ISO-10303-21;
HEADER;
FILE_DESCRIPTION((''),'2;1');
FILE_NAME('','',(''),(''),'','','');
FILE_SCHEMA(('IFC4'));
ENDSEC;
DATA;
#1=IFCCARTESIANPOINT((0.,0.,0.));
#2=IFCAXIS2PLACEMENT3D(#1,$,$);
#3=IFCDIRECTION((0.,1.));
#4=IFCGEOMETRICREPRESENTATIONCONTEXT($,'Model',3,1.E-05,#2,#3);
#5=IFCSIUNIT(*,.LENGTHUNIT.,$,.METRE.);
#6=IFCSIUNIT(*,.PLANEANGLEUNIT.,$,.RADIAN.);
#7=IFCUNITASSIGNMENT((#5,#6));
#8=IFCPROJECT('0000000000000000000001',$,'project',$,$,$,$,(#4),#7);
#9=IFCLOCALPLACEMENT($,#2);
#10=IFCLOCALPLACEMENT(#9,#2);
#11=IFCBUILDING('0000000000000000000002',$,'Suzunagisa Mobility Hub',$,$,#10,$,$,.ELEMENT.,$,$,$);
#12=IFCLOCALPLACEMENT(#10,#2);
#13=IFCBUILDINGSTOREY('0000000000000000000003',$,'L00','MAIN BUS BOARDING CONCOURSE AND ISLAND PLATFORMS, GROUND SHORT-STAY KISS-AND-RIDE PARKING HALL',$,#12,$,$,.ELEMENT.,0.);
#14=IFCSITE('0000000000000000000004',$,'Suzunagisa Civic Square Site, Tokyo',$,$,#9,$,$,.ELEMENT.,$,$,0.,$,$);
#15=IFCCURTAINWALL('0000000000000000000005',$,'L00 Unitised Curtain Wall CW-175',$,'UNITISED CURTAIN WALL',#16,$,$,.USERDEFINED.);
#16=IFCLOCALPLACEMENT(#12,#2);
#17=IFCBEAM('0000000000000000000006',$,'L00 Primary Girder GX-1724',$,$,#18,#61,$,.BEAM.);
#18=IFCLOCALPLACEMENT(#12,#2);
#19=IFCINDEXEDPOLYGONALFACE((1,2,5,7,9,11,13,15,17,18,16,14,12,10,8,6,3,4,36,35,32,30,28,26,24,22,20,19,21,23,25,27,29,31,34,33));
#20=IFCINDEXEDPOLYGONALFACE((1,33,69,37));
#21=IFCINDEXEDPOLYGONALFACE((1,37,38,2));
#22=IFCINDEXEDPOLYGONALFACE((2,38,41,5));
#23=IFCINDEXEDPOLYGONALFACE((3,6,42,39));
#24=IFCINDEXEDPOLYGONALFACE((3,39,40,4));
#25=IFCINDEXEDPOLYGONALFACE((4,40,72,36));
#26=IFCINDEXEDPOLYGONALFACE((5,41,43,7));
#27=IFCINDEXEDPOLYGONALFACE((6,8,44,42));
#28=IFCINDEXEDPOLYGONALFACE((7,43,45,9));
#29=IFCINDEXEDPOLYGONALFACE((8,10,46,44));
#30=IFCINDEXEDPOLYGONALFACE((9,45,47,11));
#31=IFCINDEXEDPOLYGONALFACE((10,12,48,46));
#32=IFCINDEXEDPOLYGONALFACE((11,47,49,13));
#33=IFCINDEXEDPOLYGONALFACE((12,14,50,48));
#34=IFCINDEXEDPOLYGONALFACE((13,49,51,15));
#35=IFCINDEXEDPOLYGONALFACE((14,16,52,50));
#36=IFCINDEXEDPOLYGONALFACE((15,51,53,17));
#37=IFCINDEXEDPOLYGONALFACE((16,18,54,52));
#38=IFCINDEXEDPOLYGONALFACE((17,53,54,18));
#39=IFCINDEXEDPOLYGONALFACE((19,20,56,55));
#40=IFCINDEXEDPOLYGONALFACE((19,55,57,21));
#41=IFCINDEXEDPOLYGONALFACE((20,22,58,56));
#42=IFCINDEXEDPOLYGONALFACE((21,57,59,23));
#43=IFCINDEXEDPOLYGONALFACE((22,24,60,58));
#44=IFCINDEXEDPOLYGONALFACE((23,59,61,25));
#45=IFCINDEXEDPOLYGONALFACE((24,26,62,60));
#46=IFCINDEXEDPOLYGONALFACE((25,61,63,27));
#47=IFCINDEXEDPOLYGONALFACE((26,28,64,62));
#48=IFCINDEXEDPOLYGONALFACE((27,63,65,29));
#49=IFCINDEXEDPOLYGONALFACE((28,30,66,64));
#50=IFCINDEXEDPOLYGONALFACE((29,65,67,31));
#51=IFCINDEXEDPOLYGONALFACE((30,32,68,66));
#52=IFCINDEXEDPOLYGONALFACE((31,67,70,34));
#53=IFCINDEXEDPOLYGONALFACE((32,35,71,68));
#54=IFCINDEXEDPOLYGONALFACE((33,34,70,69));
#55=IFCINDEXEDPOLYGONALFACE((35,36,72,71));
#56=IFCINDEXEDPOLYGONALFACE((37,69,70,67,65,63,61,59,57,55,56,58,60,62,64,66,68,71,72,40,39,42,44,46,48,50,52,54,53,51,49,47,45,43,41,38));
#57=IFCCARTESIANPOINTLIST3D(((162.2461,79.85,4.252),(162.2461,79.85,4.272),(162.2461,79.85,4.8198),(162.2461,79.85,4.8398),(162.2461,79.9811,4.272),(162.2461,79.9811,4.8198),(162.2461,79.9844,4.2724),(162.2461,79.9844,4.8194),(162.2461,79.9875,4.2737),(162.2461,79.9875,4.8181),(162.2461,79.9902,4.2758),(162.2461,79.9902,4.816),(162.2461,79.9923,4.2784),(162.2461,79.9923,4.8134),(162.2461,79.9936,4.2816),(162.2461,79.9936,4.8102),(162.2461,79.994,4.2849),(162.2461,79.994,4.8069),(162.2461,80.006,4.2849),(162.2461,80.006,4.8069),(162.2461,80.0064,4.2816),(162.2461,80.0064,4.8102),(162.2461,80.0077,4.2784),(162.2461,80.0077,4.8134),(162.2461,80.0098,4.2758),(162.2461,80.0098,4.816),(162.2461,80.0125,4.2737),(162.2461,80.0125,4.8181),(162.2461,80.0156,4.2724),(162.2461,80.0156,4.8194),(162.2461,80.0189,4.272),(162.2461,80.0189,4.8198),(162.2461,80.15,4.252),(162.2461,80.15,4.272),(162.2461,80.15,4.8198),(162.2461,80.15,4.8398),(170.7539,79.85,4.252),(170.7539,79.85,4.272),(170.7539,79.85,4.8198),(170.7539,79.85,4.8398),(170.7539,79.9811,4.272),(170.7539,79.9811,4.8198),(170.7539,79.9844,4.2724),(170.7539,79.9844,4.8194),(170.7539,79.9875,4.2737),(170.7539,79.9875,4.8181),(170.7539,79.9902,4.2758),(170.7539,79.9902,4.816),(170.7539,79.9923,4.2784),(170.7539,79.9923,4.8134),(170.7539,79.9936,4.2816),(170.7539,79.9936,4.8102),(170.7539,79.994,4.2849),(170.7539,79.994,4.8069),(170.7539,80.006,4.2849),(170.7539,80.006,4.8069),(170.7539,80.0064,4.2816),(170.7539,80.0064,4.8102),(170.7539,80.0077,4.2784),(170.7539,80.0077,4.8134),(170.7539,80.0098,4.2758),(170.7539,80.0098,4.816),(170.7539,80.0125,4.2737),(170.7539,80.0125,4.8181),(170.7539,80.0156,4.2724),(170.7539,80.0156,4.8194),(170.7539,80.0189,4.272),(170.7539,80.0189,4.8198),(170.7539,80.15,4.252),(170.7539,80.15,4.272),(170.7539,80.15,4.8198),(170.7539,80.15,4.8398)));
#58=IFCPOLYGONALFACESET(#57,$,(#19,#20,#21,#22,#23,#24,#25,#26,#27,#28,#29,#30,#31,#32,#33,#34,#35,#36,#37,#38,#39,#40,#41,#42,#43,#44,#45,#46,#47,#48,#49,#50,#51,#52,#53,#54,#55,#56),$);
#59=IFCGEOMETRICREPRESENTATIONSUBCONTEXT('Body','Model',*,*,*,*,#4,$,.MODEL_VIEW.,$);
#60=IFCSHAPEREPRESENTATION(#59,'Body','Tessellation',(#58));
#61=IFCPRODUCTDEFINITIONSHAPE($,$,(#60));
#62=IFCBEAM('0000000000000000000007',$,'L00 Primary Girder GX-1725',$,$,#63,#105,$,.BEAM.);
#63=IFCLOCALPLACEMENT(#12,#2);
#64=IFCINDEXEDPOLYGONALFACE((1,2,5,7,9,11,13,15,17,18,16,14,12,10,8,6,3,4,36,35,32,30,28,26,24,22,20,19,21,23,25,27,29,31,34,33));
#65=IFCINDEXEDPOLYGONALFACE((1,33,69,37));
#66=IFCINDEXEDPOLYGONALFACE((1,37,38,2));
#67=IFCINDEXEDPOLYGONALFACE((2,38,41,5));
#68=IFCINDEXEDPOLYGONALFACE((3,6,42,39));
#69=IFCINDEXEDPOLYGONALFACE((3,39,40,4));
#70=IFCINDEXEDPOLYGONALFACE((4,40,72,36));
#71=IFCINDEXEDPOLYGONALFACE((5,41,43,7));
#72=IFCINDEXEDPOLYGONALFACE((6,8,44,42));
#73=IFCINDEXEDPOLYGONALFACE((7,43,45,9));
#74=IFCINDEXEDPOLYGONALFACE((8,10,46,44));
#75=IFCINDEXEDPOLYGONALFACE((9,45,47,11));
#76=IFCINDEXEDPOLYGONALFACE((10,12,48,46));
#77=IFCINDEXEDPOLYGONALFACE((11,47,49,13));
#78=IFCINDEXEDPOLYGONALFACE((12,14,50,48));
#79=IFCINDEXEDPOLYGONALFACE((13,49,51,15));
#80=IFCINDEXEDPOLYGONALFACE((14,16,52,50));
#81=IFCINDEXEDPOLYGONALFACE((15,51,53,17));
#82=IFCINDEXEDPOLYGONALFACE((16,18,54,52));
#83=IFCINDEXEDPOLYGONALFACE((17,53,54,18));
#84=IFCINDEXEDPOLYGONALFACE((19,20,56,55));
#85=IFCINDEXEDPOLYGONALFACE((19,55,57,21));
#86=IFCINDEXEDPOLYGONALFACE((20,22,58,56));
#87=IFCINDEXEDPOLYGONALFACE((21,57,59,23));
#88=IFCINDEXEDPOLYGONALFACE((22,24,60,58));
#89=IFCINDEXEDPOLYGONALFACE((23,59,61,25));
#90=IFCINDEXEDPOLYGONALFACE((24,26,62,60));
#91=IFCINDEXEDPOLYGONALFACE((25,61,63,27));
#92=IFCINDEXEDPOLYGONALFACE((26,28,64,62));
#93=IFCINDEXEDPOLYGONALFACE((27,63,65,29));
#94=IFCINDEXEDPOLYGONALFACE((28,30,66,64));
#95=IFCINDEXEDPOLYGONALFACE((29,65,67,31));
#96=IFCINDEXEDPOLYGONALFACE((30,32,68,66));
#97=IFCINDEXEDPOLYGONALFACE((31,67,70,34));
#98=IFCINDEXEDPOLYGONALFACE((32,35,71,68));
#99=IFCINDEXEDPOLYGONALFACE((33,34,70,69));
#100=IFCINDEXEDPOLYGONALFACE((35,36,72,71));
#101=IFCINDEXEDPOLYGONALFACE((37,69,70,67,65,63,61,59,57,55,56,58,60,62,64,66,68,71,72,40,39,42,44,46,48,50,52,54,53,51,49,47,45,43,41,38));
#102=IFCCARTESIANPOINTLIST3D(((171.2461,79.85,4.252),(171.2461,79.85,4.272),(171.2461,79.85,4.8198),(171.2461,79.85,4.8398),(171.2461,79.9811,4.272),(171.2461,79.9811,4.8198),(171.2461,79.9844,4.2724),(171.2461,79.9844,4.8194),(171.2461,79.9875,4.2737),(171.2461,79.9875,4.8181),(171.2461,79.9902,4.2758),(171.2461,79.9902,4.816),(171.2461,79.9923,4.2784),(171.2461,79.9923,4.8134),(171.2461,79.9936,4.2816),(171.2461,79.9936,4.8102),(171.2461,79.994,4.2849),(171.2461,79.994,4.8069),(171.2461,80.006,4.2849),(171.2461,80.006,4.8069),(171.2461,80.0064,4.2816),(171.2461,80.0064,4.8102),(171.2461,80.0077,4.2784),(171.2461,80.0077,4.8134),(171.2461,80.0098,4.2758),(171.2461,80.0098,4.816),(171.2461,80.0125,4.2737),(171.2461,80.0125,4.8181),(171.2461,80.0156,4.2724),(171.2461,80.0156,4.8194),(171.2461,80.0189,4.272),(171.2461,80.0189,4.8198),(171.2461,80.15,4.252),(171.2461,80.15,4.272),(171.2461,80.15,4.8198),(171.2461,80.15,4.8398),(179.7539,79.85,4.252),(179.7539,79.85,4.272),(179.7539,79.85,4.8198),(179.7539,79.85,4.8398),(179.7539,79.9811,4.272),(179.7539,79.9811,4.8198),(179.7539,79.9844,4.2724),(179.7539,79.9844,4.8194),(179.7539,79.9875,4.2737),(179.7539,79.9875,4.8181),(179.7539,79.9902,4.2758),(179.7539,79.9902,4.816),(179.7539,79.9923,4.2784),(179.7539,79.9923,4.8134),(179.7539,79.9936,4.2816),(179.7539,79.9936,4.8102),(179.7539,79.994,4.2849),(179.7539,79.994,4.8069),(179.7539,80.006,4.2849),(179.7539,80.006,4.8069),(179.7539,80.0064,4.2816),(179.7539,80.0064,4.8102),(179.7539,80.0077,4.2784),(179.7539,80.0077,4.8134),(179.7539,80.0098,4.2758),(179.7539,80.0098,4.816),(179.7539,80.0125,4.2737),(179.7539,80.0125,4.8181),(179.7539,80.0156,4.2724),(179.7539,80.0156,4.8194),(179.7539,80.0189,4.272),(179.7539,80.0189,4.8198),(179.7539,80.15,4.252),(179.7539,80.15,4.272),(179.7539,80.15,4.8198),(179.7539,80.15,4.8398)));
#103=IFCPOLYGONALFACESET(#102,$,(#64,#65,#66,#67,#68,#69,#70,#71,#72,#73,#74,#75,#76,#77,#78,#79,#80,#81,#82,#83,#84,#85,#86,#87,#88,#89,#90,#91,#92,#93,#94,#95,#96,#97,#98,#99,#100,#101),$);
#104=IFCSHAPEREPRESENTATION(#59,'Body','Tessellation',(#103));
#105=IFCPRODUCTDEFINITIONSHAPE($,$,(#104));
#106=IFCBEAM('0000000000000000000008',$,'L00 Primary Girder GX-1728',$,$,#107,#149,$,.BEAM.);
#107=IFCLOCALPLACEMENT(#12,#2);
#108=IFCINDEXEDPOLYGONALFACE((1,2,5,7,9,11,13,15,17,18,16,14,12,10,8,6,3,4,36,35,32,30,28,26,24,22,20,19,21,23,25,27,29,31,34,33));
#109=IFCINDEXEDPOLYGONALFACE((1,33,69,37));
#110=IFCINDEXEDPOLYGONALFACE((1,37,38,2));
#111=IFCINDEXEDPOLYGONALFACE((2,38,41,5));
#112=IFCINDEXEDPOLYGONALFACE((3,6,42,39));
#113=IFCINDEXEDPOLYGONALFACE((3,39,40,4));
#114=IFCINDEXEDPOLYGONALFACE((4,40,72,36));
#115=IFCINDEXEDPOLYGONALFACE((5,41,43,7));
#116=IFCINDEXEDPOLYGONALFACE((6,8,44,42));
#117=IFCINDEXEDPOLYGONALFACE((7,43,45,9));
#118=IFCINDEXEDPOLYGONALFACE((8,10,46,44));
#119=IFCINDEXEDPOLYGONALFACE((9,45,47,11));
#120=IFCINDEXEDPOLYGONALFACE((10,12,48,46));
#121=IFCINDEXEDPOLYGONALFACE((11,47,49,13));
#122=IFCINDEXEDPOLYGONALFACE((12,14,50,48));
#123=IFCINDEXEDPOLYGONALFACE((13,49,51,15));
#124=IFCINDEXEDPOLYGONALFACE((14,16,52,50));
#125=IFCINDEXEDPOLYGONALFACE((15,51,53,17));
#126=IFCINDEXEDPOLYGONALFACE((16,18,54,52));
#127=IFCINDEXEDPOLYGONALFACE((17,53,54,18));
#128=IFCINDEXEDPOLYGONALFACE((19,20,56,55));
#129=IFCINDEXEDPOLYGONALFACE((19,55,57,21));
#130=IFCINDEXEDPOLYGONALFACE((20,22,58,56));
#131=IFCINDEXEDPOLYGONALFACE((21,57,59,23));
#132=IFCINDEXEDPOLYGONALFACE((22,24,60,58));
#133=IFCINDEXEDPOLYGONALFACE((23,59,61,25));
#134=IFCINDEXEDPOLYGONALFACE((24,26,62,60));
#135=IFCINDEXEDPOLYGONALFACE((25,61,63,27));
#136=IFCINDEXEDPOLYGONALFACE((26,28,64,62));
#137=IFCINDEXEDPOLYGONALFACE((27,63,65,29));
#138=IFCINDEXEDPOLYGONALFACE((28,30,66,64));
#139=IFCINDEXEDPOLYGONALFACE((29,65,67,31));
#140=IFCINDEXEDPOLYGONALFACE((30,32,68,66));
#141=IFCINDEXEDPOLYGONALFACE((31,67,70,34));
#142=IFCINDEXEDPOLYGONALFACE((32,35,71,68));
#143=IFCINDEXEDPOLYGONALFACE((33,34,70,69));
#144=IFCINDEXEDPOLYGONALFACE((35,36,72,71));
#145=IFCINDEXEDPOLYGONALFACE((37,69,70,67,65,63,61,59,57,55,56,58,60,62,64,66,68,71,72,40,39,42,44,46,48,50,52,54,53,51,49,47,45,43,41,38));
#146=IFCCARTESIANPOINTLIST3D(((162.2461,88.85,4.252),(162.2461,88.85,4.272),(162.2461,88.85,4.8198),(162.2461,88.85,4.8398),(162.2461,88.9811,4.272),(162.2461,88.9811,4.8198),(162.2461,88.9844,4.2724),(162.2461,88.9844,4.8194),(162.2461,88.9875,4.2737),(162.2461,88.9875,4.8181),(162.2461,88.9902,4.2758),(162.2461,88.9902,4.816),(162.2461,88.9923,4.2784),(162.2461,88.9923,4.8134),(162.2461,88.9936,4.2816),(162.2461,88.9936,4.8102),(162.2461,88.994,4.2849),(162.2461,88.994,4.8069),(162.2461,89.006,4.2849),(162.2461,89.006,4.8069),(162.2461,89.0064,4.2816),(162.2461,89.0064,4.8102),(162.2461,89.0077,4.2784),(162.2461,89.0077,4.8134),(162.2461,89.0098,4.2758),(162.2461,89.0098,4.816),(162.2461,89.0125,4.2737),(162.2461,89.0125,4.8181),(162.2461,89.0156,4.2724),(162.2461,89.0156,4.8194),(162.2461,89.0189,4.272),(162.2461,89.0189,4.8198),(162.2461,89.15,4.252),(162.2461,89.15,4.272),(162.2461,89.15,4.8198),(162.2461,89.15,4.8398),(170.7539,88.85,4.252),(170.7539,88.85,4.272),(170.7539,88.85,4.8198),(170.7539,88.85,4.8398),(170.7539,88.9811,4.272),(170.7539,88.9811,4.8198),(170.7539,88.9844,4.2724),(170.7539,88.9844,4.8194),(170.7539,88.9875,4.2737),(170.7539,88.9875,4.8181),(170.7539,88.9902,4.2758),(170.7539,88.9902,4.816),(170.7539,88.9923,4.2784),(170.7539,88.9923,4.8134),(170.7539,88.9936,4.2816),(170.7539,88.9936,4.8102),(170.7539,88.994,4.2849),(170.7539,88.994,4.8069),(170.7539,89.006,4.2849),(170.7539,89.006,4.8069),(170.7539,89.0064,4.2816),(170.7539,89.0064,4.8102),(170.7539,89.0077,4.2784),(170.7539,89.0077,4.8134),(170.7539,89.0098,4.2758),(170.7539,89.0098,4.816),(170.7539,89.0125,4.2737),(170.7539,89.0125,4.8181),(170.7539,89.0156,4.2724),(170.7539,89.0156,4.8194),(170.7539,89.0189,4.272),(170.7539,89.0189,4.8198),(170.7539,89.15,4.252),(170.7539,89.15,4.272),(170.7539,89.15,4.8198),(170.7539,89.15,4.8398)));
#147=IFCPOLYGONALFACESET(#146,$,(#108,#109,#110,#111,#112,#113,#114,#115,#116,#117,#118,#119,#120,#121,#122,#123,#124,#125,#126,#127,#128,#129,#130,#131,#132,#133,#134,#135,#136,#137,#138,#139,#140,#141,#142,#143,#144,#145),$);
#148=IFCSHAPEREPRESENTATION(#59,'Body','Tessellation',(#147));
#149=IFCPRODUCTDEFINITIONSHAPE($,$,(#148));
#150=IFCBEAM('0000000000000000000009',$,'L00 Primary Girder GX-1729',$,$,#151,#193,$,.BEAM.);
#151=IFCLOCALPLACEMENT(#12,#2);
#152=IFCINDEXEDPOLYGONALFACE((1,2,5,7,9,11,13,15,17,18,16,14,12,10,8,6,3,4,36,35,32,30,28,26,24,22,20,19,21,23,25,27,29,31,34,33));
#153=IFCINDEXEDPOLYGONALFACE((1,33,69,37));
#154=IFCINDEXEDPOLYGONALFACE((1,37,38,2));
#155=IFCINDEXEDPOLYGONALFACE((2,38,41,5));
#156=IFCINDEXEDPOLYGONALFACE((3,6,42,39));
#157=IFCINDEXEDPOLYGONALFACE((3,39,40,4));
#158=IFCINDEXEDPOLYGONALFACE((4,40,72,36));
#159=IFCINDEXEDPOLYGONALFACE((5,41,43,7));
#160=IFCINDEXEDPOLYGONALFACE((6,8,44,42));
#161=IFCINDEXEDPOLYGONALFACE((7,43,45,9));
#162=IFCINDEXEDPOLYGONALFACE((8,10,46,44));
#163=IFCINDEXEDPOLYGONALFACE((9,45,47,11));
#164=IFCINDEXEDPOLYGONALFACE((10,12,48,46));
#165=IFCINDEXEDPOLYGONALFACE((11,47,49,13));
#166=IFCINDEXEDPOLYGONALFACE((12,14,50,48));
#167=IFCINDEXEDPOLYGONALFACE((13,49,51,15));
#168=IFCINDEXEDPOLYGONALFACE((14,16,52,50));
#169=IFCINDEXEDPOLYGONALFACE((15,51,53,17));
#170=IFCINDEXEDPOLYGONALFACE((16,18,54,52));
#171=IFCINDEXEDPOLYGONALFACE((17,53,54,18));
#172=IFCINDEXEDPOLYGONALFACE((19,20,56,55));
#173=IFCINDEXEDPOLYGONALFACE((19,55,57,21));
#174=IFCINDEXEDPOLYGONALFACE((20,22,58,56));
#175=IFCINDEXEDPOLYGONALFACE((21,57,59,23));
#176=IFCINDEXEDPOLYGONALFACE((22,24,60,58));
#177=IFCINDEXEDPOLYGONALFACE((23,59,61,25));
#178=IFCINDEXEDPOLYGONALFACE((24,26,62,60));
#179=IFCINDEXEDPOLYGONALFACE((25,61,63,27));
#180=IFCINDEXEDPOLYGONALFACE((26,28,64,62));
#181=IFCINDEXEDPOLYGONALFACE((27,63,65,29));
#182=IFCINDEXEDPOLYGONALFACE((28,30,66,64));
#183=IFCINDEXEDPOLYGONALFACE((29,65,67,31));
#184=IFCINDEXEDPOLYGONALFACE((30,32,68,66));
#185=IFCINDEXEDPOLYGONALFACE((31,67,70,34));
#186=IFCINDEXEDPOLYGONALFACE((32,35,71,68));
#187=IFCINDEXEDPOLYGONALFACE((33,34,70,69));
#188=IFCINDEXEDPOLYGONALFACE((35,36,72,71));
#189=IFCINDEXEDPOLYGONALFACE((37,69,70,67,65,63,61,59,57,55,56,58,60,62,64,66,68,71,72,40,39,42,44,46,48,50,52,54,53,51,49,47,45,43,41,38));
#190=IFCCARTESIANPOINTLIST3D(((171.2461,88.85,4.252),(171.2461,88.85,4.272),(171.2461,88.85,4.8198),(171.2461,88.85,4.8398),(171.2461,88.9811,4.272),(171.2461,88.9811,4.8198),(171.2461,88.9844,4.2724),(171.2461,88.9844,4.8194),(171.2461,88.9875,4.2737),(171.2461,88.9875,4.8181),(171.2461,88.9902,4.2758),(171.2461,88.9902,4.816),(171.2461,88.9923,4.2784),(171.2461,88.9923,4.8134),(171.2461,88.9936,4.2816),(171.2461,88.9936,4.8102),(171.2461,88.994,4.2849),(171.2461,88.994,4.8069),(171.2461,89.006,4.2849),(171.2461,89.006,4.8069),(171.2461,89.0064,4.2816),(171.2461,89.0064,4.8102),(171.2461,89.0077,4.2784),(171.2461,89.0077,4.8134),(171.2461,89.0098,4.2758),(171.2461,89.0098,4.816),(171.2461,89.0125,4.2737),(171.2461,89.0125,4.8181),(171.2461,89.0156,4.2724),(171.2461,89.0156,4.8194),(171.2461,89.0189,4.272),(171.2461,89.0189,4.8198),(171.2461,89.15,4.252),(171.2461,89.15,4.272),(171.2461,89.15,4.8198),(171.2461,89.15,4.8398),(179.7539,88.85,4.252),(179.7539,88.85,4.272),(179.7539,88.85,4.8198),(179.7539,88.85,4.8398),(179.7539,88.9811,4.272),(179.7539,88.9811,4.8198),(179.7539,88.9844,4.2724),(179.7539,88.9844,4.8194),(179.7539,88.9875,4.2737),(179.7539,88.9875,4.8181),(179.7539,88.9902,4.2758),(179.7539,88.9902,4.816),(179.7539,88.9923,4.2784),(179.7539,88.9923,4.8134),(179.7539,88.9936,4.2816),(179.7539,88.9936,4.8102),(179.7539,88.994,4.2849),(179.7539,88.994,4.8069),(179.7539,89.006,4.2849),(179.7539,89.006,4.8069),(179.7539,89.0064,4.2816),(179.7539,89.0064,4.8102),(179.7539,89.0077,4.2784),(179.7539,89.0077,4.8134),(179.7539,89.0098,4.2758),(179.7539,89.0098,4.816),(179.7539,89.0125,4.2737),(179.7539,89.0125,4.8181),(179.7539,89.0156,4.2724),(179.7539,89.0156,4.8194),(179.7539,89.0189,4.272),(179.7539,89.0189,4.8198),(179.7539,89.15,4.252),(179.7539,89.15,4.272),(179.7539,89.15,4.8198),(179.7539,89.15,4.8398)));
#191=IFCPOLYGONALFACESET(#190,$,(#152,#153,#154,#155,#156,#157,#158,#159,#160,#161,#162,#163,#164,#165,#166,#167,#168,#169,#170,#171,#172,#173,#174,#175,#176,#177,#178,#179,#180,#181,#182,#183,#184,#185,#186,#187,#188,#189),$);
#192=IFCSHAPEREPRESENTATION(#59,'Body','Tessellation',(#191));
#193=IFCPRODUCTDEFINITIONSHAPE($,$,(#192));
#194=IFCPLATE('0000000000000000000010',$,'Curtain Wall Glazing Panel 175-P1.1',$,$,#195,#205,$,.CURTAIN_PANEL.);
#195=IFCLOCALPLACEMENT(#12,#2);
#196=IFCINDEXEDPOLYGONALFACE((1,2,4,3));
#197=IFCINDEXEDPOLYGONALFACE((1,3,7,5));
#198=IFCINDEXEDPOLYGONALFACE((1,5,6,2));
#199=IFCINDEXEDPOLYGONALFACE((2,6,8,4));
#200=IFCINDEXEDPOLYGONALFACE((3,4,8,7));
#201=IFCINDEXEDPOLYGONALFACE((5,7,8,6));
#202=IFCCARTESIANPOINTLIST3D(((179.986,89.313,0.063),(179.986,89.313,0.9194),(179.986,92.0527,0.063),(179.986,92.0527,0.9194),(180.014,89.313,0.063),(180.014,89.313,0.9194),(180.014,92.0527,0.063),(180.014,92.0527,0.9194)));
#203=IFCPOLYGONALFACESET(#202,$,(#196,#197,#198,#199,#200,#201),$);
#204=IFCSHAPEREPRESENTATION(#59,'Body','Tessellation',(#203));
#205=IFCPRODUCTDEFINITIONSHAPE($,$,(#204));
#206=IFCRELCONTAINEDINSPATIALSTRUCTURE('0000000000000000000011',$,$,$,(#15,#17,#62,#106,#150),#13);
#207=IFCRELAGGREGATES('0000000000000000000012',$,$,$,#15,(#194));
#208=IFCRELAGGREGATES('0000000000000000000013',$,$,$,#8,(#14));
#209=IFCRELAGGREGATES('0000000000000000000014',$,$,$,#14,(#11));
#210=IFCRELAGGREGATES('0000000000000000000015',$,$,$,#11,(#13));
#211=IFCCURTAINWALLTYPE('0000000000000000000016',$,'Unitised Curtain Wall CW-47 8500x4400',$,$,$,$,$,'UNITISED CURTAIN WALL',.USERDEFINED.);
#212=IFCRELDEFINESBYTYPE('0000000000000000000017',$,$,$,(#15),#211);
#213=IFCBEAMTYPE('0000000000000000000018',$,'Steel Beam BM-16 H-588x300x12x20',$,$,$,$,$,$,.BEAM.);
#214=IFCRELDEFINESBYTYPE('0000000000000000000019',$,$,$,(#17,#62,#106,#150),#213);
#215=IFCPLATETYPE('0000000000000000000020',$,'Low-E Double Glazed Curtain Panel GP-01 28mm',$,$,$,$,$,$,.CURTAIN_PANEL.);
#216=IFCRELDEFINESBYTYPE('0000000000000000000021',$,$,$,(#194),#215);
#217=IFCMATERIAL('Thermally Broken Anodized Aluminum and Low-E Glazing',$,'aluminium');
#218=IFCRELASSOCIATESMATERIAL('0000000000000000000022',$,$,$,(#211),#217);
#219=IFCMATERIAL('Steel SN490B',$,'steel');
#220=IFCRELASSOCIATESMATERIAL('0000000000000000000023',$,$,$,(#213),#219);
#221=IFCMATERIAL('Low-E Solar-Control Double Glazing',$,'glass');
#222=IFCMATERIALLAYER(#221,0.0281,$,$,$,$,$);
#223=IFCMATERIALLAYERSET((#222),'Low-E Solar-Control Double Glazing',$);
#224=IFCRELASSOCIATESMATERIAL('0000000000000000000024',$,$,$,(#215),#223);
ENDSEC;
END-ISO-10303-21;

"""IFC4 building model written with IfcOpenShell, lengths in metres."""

from ifc_helpers import new_model, si_unit, direction, frame, origin, origin_2d, place, context, subcontext, project, spatial, rectangle, i_section, extrude, material, layer, layer_set, material_profile, profile_set, type_object, element, aggregate, save


model = new_model("IFC4")

# Units and contexts
model_context = context("Model", 3, precision=1e-05, world=origin(), true_north=direction((0.0, 1.0)))
body_context = subcontext(model_context, "Body", "Model", "MODEL_VIEW")
ifc_project = project(units=[si_unit("LENGTHUNIT", "METRE"), si_unit("PLANEANGLEUNIT", "RADIAN")], contexts=[model_context])

# Site, building, storey
site_placement = place(None, origin())
site = spatial("IfcSite", under=ifc_project, at=site_placement, Name="Suzunagisa Civic Square Site, Tokyo", CompositionType="ELEMENT", RefElevation=0.0)
building_placement = place(site_placement, origin())
building = spatial("IfcBuilding", under=site, at=building_placement, Name="Suzunagisa Mobility Hub", CompositionType="ELEMENT")
storey_placement = place(building_placement, origin())
storey = spatial("IfcBuildingStorey", under=building, at=storey_placement, Name="L00", Description="MAIN BUS BOARDING CONCOURSE AND ISLAND PLATFORMS, GROUND SHORT-STAY KISS-AND-RIDE PARKING HALL", CompositionType="ELEMENT", Elevation=0.0)

# Shared definitions
ifc_material_1 = material(Name="Steel SN490B", Category="steel")

# Curtain wall
ifc_material_2 = material(Name="Thermally Broken Anodized Aluminum and Low-E Glazing", Category="aluminium")
curtain_wall_type = type_object("IfcCurtainWallType", Name="Unitised Curtain Wall CW-47 8500x4400", ElementType="UNITISED CURTAIN WALL", PredefinedType="USERDEFINED", material=ifc_material_2)
curtain_wall_placement = place(storey_placement, origin())
curtain_wall = element("IfcCurtainWall", 1, at=curtain_wall_placement, inside=storey, type_object=curtain_wall_type, Name="L00 Unitised Curtain Wall CW-175", ObjectType="UNITISED CURTAIN WALL", PredefinedType="USERDEFINED")

# Beams
ifc_material_profile_1 = material_profile(ifc_material_1, i_section(OverallWidth=0.3, OverallDepth=0.5879, WebThickness=0.012, FlangeThickness=0.02, FilletRadius=0.0129, at=origin_2d()), Name="H-588x300x12x20")
ifc_profile_set_1 = profile_set([ifc_material_profile_1], Name="Steel SN490B")
beam_type_1 = type_object("IfcBeamType", Name="Steel Beam BM-16 H-588x300x12x20", PredefinedType="BEAM", material=ifc_profile_set_1)
for number, where, z_axis, x_axis, name in (
    (2, (162.2461, 80.0, 4.5459), (1.0, 0.0, 0.0), (0.0, 1.0, 0.0), "L00 Primary Girder GX-1724"),
    (3, (171.2461, 80.0, 4.5459), (1.0, 0.0, 0.0), (0.0, 1.0, 0.0), "L00 Primary Girder GX-1725"),
    (4, (162.2461, 89.0, 4.5459), (1.0, 0.0, 0.0), (0.0, 1.0, 0.0), "L00 Primary Girder GX-1728"),
    (5, (171.2461, 89.0, 4.5459), (1.0, 0.0, 0.0), (0.0, 1.0, 0.0), "L00 Primary Girder GX-1729"),
):
    element("IfcBeam", number, at=place(storey_placement, frame(where, z_axis=z_axis, x_axis=x_axis)), inside=storey, type_object=beam_type_1, Name=name, PredefinedType="BEAM", context=body_context, shape_type="SweptSolid", body=[
        extrude(i_section(OverallWidth=0.3, OverallDepth=0.5879, WebThickness=0.012, FlangeThickness=0.02, FilletRadius=0.0129, at=origin_2d()), origin(), (0.0, 0.0, 1.0), 8.5078),
    ])

# Plate
ifc_material_3 = material(Name="Low-E Solar-Control Double Glazing", Category="glass")
ifc_layer_1 = layer(ifc_material_3, 0.0281)
ifc_layer_set_1 = layer_set([ifc_layer_1], Name="Low-E Solar-Control Double Glazing")
plate_type = type_object("IfcPlateType", Name="Low-E Double Glazed Curtain Panel GP-01 28mm", PredefinedType="CURTAIN_PANEL", material=ifc_layer_set_1)
plate_1_placement = place(storey_placement, frame((180.0, 90.6829, 0.063), z_axis=(0.0, 0.0, 1.0), x_axis=(0.0, 1.0, 0.0)))
plate_1 = element("IfcPlate", 6, at=plate_1_placement, type_object=plate_type, Name="Curtain Wall Glazing Panel 175-P1.1", PredefinedType="CURTAIN_PANEL", context=body_context, shape_type="SweptSolid", body=[
    extrude(rectangle(XDim=2.7397, YDim=0.0281, at=origin_2d()), origin(), (0.0, 0.0, 1.0), 0.8564),
])
aggregate(curtain_wall, [plate_1])

save(model, "model.ifc")
